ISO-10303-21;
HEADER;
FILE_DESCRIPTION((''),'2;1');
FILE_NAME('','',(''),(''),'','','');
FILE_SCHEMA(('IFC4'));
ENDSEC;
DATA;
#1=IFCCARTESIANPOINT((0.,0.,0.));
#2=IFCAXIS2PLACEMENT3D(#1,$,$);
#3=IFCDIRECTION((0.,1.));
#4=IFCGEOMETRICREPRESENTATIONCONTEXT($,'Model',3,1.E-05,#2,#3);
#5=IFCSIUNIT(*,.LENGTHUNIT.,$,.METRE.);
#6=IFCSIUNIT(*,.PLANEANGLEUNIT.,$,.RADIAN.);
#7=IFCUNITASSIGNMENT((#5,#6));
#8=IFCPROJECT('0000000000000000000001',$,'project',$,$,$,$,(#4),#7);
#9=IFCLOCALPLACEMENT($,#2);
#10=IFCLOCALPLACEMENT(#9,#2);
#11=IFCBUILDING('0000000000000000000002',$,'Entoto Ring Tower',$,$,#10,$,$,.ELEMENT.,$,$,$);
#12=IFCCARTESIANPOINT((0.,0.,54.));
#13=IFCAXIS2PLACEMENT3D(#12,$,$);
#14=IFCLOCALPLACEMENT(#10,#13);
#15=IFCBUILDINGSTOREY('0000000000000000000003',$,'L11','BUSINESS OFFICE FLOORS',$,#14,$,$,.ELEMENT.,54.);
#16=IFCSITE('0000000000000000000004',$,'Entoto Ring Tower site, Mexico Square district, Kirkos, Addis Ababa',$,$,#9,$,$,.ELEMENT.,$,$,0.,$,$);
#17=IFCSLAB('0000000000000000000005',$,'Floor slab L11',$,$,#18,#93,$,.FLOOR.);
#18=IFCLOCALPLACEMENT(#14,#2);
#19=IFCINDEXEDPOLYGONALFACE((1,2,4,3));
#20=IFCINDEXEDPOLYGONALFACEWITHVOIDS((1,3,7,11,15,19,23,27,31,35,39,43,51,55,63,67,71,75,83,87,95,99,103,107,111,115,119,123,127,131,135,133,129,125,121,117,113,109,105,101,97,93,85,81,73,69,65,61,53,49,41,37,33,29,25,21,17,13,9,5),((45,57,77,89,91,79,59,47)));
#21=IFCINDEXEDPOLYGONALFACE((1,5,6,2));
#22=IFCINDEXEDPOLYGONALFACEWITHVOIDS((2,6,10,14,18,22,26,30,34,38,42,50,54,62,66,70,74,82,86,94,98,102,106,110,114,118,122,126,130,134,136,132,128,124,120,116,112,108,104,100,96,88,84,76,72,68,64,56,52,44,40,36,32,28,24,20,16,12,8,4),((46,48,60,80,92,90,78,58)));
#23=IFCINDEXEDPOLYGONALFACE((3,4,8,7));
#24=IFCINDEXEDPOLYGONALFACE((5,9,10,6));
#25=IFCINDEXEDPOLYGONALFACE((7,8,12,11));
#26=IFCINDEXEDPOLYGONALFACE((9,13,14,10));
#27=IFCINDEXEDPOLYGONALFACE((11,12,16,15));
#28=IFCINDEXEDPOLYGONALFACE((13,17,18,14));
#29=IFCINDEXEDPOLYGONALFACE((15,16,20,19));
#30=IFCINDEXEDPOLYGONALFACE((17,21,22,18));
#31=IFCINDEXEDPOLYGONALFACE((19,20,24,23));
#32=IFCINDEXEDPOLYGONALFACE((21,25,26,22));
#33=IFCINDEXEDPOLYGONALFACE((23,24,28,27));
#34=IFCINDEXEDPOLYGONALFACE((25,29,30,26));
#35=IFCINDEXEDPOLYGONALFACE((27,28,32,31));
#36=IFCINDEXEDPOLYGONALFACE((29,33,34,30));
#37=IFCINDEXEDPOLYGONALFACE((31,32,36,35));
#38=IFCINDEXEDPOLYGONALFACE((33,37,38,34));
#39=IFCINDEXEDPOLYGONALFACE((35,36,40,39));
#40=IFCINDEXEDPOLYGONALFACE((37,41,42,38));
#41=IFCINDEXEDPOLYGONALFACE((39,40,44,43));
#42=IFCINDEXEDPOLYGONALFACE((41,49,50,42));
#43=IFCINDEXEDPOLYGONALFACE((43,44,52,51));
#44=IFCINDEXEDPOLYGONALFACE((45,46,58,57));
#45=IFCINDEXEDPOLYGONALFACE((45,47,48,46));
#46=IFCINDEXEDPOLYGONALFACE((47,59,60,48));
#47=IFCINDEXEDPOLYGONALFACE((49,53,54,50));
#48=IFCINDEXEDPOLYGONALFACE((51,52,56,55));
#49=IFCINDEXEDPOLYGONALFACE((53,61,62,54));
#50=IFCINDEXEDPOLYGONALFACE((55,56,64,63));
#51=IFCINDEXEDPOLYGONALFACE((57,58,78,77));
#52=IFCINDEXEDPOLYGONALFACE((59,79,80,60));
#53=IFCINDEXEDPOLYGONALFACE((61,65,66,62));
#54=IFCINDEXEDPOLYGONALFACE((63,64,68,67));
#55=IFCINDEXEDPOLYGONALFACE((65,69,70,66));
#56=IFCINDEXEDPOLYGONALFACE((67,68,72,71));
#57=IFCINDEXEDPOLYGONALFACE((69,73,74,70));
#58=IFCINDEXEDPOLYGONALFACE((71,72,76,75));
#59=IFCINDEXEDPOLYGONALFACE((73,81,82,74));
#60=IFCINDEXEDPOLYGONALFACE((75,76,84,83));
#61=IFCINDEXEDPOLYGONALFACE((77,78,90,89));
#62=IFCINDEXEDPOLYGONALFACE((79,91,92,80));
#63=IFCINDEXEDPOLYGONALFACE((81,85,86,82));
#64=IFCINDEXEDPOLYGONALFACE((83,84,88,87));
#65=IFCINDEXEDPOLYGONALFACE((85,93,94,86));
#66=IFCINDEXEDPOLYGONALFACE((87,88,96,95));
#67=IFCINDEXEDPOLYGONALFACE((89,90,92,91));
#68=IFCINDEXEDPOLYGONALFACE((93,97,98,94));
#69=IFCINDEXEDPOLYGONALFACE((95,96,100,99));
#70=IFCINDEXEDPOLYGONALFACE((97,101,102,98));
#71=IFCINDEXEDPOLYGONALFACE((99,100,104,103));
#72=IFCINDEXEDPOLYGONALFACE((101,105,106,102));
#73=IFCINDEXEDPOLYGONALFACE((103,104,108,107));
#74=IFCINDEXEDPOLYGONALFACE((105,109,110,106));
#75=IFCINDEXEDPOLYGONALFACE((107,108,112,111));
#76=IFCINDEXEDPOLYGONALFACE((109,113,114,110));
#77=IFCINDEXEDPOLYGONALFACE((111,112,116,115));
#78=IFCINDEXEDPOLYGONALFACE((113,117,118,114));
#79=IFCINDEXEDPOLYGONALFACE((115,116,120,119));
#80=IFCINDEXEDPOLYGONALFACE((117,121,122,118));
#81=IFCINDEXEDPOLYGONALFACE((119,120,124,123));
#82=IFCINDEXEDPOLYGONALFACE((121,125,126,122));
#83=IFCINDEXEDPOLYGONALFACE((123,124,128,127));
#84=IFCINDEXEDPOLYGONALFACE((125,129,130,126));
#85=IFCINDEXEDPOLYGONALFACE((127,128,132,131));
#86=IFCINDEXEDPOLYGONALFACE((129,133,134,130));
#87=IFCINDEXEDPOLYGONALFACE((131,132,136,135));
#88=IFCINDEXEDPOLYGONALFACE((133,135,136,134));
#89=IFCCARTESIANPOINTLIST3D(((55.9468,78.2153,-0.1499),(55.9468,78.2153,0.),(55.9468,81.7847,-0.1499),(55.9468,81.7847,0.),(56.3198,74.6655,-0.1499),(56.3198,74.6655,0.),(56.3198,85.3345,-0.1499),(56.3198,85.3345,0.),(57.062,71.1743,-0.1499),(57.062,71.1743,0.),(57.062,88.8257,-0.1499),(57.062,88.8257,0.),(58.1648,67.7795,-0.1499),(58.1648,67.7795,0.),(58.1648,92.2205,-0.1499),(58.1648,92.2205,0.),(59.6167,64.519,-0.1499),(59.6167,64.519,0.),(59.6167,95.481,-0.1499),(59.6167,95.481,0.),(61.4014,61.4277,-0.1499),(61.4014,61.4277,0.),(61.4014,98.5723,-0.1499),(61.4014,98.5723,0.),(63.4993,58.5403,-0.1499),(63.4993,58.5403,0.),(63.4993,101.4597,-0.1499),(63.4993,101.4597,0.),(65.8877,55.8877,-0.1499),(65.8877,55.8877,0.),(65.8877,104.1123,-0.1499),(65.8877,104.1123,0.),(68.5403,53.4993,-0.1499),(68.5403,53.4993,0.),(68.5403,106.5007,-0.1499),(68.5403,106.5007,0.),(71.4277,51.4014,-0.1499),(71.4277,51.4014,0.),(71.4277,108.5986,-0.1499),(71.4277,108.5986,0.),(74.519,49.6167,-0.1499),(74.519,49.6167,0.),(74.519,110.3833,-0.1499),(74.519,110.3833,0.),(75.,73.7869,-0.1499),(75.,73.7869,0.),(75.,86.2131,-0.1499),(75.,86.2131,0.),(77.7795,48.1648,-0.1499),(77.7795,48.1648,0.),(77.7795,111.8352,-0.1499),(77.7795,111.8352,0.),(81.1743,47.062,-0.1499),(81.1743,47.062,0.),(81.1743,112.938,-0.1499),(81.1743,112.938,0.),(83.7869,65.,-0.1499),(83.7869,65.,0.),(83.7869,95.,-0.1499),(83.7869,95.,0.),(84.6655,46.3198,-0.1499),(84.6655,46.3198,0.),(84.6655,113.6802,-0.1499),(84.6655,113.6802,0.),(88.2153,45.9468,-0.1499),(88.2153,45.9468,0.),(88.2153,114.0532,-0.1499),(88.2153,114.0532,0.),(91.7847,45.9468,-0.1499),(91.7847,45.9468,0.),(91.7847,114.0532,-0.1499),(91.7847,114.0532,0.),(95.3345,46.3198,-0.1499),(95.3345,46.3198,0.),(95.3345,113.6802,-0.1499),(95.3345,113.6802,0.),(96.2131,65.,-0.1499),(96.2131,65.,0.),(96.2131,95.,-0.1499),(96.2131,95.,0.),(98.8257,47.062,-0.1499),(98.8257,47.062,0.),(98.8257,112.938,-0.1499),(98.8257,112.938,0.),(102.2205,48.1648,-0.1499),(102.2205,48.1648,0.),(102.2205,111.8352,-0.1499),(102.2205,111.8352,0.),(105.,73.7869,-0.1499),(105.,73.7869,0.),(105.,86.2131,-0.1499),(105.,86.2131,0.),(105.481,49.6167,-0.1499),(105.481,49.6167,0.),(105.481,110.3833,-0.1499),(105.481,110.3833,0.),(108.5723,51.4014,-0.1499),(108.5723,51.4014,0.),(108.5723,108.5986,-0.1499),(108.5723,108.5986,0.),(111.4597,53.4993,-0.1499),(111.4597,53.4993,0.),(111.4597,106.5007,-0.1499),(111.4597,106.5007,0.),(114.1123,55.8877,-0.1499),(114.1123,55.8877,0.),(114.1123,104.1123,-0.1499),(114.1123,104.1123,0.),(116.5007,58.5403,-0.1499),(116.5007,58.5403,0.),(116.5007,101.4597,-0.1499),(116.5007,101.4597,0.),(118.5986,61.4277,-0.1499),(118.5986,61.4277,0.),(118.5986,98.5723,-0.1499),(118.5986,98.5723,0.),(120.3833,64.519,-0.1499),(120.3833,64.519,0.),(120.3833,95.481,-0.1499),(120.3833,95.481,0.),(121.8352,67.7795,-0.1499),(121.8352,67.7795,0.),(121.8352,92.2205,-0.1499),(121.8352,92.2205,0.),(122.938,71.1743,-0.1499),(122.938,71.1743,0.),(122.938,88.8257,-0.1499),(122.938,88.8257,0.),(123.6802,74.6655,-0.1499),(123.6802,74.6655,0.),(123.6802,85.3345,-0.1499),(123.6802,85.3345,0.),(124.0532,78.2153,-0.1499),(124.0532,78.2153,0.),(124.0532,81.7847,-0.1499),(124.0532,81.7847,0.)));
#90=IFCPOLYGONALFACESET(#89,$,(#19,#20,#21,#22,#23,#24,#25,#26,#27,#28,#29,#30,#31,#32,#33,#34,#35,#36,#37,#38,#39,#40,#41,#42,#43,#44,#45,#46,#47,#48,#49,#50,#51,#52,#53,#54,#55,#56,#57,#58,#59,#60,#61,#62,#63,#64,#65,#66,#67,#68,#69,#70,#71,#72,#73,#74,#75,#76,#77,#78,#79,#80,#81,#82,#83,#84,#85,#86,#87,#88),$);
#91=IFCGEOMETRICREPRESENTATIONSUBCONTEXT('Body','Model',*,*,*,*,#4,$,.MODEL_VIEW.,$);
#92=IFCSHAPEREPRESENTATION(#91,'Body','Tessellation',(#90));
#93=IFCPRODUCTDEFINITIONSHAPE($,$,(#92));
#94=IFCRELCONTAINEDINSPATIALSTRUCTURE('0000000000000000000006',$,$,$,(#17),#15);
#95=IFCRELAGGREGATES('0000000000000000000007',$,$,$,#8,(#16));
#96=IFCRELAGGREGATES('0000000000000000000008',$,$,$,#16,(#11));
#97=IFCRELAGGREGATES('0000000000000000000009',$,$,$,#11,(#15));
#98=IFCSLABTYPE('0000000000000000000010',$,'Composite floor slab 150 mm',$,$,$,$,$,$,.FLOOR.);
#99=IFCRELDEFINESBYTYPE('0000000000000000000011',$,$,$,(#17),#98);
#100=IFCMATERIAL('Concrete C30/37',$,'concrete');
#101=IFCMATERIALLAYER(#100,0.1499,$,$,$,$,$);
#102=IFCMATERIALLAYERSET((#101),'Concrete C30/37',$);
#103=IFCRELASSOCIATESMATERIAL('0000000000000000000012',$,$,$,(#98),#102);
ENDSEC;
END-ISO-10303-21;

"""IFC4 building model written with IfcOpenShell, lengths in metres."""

from ifc_helpers import new_model, si_unit, direction, frame, origin, place, context, subcontext, project, spatial, polyline, outline, extrude, material, layer, layer_set, type_object, element, save


model = new_model("IFC4")

# Units and contexts
model_context = context("Model", 3, precision=1e-05, world=origin(), true_north=direction((0.0, 1.0)))
body_context = subcontext(model_context, "Body", "Model", "MODEL_VIEW")
ifc_project = project(units=[si_unit("LENGTHUNIT", "METRE"), si_unit("PLANEANGLEUNIT", "RADIAN")], contexts=[model_context])

# Site, building, storey
site_placement = place(None, origin())
building_placement = place(site_placement, origin())
storey_placement = place(building_placement, frame((0.0, 0.0, 54.0)))
site = spatial("IfcSite", under=ifc_project, at=site_placement, Name="Entoto Ring Tower site, Mexico Square district, Kirkos, Addis Ababa", CompositionType="ELEMENT", RefElevation=0.0)
building = spatial("IfcBuilding", under=site, at=building_placement, Name="Entoto Ring Tower", CompositionType="ELEMENT")
storey = spatial("IfcBuildingStorey", under=building, at=storey_placement, Name="L11", Description="BUSINESS OFFICE FLOORS", CompositionType="ELEMENT", Elevation=54.0)

# Slab
ifc_material_1 = material(Name="Concrete C30/37", Category="concrete")
ifc_layer_1 = layer(ifc_material_1, 0.1499)
ifc_layer_set_1 = layer_set([ifc_layer_1], Name="Concrete C30/37")
slab_type = type_object("IfcSlabType", Name="Composite floor slab 150 mm", PredefinedType="FLOOR", material=ifc_layer_set_1)
slab_placement = place(storey_placement, frame((0.0, 0.0, -0.1499)))
element("IfcSlab", 1, at=slab_placement, inside=storey, type_object=slab_type, Name="Floor slab L11", PredefinedType="FLOOR", context=body_context, shape_type="SweptSolid", body=[
    extrude(outline(polyline([(123.6802, 85.3345), (122.938, 88.8257), (121.8352, 92.2205), (120.3833, 95.481), (118.5986, 98.5723), (116.5007, 101.4597), (114.1123, 104.1123), (111.4597, 106.5007), (108.5723, 108.5986), (105.481, 110.3833), (102.2205, 111.8352), (98.8257, 112.938), (95.3345, 113.6802), (91.7847, 114.0532), (88.2153, 114.0532), (84.6655, 113.6802), (81.1743, 112.938), (77.7795, 111.8352), (74.519, 110.3833), (71.4277, 108.5986), (68.5403, 106.5007), (65.8877, 104.1123), (63.4993, 101.4597), (61.4014, 98.5723), (59.6167, 95.481), (58.1648, 92.2205), (57.062, 88.8257), (56.3198, 85.3345), (55.9468, 81.7847), (55.9468, 78.2153), (56.3198, 74.6655), (57.062, 71.1743), (58.1648, 67.7795), (59.6167, 64.519), (61.4014, 61.4277), (63.4993, 58.5403), (65.8877, 55.8877), (68.5403, 53.4993), (71.4277, 51.4014), (74.519, 49.6167), (77.7795, 48.1648), (81.1743, 47.062), (84.6655, 46.3198), (88.2153, 45.9468), (91.7847, 45.9468), (95.3345, 46.3198), (98.8257, 47.062), (102.2205, 48.1648), (105.481, 49.6167), (108.5723, 51.4014), (111.4597, 53.4993), (114.1123, 55.8877), (116.5007, 58.5403), (118.5986, 61.4277), (120.3833, 64.519), (121.8352, 67.7795), (122.938, 71.1743), (123.6802, 74.6655), (124.0532, 78.2153), (124.0532, 81.7847), (123.6802, 85.3345)]), holes=[polyline([(105.0, 73.7869), (105.0, 86.2131), (96.2131, 95.0), (83.7869, 95.0), (75.0, 86.2131), (75.0, 73.7869), (83.7869, 65.0), (96.2131, 65.0), (105.0, 73.7869)])]), origin(), (0.0, 0.0, 1.0), 0.1499),
])

save(model, "model.ifc")
